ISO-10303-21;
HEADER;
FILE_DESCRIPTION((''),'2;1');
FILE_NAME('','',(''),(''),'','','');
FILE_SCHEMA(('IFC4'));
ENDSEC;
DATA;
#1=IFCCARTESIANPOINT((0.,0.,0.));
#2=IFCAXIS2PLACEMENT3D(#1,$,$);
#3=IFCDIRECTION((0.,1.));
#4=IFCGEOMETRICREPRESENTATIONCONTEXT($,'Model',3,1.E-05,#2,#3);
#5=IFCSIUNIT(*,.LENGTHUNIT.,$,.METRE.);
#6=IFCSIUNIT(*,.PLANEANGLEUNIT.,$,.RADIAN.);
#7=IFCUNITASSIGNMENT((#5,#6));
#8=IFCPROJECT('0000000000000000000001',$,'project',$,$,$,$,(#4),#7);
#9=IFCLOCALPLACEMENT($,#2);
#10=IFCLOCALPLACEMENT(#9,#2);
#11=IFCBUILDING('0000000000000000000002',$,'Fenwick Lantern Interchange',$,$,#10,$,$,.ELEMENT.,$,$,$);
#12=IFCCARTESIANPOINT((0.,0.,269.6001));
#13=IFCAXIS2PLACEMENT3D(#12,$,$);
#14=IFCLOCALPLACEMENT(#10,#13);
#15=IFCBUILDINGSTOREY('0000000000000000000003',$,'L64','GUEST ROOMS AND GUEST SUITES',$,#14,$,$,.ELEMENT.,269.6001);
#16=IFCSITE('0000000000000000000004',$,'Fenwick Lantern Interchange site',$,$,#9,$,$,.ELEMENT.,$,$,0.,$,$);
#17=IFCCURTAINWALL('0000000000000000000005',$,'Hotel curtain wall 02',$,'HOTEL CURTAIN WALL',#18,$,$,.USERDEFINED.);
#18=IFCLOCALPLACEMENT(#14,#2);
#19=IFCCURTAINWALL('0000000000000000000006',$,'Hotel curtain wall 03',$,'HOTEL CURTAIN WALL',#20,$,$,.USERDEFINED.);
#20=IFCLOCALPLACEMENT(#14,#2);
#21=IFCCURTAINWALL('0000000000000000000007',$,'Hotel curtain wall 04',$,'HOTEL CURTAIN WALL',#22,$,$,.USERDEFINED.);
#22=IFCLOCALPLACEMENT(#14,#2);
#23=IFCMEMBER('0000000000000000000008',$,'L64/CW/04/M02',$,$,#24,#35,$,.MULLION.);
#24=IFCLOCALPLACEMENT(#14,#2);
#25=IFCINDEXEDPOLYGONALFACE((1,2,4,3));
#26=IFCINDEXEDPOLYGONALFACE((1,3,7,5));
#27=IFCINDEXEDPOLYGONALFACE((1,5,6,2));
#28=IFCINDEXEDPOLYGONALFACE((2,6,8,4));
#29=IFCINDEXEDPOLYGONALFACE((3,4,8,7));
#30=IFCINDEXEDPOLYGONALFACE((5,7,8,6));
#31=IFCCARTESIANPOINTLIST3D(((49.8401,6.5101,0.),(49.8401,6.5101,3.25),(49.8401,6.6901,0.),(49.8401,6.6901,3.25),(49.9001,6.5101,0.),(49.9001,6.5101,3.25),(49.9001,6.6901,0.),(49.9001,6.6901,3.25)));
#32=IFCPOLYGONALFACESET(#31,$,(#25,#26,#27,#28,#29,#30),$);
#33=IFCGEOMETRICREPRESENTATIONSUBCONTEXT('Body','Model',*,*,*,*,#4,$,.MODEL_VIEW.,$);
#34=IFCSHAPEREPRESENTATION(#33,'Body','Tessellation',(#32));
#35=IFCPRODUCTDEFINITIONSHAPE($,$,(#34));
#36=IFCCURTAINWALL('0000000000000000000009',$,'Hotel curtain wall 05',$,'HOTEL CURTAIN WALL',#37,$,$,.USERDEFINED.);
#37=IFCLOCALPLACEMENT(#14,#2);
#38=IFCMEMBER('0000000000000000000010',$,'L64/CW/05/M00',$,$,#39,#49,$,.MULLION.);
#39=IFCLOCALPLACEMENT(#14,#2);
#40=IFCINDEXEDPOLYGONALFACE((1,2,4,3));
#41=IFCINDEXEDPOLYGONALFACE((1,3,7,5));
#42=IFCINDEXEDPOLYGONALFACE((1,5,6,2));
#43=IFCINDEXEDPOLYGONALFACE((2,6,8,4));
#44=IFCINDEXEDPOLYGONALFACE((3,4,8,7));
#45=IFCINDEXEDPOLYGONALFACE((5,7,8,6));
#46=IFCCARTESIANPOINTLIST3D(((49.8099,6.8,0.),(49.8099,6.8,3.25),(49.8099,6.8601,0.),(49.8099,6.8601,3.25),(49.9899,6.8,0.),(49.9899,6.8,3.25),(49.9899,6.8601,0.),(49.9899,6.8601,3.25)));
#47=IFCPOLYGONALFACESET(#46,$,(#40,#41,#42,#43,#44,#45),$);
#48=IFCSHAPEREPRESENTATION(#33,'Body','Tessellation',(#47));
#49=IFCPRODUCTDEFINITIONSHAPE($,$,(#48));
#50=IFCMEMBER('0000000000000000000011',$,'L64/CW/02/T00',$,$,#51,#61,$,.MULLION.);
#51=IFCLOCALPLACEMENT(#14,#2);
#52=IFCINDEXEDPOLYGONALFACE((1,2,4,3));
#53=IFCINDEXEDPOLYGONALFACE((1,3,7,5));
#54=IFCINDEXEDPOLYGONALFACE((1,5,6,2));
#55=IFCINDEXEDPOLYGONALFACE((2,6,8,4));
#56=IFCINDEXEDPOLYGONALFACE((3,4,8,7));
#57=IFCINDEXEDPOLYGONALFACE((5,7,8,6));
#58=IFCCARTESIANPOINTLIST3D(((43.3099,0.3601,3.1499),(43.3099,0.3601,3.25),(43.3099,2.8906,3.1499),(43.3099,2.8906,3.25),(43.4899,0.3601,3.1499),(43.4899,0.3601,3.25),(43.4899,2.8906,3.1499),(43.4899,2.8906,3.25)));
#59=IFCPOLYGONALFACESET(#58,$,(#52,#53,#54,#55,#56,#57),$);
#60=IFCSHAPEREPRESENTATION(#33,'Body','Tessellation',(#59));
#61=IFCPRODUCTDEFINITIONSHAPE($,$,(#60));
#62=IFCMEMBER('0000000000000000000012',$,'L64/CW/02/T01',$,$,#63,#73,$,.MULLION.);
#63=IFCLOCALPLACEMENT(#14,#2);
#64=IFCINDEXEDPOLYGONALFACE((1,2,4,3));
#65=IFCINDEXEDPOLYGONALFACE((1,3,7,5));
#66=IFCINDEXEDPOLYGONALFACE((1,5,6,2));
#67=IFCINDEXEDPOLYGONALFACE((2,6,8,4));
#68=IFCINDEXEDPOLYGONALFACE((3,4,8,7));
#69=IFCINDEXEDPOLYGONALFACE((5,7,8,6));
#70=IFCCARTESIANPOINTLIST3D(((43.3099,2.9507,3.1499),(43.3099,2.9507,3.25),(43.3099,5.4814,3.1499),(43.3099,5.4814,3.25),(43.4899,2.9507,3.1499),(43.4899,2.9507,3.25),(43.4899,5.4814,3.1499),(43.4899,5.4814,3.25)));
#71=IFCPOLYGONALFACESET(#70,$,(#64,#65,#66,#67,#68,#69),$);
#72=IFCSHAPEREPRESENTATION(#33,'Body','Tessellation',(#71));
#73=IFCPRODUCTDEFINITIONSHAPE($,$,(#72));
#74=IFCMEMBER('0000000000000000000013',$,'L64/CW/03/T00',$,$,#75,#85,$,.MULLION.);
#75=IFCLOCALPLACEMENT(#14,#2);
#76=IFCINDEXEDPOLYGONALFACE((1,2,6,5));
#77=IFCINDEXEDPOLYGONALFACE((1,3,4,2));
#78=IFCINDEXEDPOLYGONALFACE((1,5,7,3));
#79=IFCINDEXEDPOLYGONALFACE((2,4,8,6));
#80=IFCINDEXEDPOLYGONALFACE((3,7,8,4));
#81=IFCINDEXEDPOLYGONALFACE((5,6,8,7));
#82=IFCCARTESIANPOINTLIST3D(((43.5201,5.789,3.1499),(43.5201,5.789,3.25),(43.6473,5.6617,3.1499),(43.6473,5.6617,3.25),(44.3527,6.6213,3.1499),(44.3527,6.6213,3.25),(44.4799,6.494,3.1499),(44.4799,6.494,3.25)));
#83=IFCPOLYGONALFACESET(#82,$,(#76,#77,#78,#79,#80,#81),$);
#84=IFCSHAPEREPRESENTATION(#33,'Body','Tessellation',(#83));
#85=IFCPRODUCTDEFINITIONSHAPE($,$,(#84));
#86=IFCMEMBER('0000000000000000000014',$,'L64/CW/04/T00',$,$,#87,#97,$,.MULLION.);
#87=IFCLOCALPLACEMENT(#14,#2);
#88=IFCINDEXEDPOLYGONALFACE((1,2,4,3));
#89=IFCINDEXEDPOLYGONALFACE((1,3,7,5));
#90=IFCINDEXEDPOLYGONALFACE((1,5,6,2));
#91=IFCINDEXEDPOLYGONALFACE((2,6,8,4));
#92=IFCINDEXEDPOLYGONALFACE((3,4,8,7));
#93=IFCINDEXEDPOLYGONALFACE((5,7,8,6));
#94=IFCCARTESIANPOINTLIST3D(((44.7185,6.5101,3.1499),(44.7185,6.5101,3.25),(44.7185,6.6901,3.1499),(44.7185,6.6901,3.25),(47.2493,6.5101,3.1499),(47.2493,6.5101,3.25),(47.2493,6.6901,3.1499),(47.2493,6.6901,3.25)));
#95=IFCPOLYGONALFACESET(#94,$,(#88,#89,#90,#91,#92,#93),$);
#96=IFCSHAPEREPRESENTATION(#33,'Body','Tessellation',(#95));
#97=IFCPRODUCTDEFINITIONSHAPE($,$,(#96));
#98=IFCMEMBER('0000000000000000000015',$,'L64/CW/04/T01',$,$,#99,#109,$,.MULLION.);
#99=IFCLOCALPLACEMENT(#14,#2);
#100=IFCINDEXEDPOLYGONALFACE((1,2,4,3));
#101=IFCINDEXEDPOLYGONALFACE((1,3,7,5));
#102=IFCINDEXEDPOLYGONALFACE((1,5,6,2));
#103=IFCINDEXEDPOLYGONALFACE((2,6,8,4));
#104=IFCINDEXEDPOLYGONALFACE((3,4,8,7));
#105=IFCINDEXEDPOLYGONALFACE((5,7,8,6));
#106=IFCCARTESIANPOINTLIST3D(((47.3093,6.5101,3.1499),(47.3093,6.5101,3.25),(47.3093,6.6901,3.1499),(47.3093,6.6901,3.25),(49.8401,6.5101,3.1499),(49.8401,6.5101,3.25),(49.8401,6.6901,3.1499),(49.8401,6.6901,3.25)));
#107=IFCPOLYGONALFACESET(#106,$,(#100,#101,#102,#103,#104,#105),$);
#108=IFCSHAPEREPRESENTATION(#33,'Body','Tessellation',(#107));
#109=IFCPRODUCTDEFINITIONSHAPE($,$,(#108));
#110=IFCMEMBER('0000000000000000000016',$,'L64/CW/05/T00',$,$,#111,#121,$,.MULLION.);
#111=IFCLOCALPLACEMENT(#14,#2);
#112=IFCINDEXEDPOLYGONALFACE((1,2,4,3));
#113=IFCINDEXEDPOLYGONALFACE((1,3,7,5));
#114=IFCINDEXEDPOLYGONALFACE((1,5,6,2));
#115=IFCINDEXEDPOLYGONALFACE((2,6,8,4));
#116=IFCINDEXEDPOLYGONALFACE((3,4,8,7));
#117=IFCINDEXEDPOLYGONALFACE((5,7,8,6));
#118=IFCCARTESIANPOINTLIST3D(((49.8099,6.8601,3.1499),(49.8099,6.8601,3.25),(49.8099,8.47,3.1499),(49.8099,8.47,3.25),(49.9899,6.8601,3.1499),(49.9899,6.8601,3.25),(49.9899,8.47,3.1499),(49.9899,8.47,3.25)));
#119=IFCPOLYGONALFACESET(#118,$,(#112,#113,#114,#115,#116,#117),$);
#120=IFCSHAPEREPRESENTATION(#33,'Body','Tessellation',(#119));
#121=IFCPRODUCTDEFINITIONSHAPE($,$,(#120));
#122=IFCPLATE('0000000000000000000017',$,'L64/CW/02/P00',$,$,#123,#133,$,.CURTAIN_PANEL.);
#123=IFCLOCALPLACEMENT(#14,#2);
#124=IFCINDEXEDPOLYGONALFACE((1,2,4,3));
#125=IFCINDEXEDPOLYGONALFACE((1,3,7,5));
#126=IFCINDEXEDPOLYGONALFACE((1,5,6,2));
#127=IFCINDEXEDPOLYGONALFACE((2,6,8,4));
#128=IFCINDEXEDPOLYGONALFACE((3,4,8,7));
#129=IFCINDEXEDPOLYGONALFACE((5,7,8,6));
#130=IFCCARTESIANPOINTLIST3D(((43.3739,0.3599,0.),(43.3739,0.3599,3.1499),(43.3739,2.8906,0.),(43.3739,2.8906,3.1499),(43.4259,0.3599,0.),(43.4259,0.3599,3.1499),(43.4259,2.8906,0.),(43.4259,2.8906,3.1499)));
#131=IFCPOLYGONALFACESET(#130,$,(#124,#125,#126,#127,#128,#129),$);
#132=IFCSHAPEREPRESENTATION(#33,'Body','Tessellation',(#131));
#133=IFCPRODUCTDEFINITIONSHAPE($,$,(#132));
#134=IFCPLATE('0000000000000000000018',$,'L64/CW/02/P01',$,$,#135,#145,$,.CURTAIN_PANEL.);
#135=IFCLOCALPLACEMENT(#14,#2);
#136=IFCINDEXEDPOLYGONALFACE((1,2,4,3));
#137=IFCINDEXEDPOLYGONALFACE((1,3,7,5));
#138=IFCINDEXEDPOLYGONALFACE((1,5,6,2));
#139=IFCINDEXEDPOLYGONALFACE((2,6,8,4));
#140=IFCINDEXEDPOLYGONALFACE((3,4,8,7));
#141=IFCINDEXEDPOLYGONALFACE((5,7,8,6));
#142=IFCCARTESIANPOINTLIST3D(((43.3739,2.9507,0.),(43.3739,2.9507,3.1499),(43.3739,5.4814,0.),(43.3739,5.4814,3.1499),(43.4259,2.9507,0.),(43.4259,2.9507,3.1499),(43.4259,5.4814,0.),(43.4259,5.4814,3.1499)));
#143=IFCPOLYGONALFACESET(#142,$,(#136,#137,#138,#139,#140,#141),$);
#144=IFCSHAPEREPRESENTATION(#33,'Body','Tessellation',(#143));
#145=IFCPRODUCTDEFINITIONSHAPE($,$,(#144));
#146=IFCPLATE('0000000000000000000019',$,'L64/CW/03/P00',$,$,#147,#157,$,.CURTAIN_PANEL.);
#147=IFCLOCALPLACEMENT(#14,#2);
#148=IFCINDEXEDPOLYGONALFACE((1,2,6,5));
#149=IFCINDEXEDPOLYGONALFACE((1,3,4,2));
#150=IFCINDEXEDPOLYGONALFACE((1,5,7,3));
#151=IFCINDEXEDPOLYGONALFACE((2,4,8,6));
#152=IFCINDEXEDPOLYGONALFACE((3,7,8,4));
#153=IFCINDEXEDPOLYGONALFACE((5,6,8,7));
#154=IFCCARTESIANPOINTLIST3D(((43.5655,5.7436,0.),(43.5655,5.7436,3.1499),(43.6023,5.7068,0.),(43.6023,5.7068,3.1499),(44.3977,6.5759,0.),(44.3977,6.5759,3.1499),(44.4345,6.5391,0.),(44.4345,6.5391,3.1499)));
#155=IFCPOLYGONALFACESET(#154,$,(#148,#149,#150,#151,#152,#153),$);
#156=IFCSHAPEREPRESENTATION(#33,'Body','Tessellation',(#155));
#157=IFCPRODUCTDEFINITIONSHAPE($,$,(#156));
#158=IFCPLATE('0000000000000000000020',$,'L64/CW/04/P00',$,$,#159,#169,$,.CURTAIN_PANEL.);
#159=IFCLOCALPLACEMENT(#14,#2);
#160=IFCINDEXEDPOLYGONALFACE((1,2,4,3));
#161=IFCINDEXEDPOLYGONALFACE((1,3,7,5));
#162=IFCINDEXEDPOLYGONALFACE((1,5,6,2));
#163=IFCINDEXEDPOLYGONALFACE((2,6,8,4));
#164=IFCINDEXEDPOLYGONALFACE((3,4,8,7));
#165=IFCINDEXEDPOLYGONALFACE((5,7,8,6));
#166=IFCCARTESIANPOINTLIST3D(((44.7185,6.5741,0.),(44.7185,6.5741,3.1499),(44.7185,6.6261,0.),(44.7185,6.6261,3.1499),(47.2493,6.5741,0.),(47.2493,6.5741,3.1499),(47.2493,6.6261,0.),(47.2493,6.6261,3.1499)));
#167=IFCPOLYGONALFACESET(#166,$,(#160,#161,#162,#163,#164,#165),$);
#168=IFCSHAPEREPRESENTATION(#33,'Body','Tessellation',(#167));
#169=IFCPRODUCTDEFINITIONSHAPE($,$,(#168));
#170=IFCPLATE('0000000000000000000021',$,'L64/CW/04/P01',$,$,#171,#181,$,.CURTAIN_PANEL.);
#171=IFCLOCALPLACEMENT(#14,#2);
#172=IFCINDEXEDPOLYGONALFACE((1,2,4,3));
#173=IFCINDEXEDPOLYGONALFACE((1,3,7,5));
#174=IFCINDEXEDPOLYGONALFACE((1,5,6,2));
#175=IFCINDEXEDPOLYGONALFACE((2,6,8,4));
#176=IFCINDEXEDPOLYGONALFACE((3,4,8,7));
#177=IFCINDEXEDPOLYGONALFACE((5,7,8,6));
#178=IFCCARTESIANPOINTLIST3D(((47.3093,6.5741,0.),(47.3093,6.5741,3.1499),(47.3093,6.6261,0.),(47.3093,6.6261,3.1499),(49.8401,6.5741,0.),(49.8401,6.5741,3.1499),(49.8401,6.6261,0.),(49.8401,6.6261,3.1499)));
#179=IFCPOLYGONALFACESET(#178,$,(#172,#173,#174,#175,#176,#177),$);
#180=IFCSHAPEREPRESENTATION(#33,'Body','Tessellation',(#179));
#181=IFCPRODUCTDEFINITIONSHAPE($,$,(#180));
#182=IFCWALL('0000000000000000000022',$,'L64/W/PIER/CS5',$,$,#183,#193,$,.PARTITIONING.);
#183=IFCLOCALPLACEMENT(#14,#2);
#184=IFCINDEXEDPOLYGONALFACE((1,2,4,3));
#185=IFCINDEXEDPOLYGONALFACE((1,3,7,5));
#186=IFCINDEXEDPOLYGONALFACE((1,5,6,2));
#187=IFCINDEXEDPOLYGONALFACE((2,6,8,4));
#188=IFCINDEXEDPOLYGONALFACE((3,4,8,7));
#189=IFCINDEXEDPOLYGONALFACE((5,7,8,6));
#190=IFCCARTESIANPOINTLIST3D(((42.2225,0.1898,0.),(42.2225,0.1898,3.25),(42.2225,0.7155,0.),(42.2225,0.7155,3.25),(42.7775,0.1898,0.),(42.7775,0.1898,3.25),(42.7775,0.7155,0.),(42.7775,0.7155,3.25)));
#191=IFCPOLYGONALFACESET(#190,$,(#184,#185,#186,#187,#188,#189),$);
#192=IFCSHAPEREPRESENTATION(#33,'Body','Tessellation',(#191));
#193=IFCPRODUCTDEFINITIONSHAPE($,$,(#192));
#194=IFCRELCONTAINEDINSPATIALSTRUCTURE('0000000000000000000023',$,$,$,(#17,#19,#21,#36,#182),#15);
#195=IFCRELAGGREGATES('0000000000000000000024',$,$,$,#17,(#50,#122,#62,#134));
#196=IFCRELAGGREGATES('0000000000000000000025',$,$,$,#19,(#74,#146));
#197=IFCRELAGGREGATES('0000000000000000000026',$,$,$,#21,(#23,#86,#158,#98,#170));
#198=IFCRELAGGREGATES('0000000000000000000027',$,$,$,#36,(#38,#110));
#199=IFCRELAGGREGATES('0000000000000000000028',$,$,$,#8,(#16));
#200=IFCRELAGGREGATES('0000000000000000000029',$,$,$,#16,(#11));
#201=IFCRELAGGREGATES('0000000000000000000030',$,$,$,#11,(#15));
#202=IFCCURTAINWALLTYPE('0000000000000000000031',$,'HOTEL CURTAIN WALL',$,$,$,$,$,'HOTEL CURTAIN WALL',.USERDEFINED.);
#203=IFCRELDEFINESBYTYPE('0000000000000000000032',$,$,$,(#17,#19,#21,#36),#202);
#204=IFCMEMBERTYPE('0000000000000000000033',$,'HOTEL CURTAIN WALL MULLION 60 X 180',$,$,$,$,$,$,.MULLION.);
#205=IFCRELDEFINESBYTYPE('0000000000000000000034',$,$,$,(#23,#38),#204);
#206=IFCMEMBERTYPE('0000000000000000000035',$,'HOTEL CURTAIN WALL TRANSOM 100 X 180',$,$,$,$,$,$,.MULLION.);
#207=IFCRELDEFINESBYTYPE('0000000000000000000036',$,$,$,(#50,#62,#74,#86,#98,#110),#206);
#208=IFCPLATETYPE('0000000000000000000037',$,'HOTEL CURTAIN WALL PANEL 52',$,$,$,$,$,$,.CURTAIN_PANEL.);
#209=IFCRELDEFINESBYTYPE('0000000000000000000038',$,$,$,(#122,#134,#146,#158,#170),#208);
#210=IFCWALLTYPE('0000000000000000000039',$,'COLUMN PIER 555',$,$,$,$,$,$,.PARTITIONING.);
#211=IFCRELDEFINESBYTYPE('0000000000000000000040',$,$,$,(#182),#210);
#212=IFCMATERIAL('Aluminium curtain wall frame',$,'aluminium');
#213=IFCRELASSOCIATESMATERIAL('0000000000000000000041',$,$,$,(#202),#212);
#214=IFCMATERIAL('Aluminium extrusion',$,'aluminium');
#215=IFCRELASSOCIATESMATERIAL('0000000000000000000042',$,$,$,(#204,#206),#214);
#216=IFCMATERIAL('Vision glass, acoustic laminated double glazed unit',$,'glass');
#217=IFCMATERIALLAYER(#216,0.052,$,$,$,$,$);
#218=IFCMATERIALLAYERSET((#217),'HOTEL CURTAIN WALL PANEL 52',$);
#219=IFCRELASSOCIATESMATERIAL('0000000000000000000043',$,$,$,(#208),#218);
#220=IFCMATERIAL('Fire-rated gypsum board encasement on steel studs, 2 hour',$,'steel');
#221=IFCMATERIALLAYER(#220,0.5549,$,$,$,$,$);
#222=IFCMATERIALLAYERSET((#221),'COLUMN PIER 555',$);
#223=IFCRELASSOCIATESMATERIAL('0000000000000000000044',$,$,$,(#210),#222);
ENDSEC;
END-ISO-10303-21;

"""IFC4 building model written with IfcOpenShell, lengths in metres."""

from ifc_helpers import new_model, si_unit, direction, frame, frame_2d, origin, origin_2d, place, context, subcontext, project, spatial, rectangle, extrude, material, layer, layer_set, material_profile, profile_set, type_object, element, aggregate, save


model = new_model("IFC4")

# Units and contexts
model_context = context("Model", 3, precision=1e-05, world=origin(), true_north=direction((0.0, 1.0)))
body_context = subcontext(model_context, "Body", "Model", "MODEL_VIEW")
ifc_project = project(units=[si_unit("LENGTHUNIT", "METRE"), si_unit("PLANEANGLEUNIT", "RADIAN")], contexts=[model_context])

# Site, building, storey
site_placement = place(None, origin())
site = spatial("IfcSite", under=ifc_project, at=site_placement, Name="Fenwick Lantern Interchange site", CompositionType="ELEMENT", RefElevation=0.0)
building_placement = place(site_placement, origin())
building = spatial("IfcBuilding", under=site, at=building_placement, Name="Fenwick Lantern Interchange", CompositionType="ELEMENT")
storey_placement = place(building_placement, frame((0.0, 0.0, 269.6001)))
storey = spatial("IfcBuildingStorey", under=building, at=storey_placement, Name="L64", Description="GUEST ROOMS AND GUEST SUITES", CompositionType="ELEMENT", Elevation=269.6001)

# Shared definitions
ifc_material_1 = material(Name="Aluminium curtain wall frame", Category="aluminium")
curtain_wall_type = type_object("IfcCurtainWallType", Name="HOTEL CURTAIN WALL", ElementType="HOTEL CURTAIN WALL", PredefinedType="USERDEFINED", material=ifc_material_1)
ifc_material_2 = material(Name="Aluminium extrusion", Category="aluminium")
ifc_material_profile_1 = material_profile(ifc_material_2, rectangle(XDim=0.1799, YDim=0.0601, at=origin_2d()), Name="HOTEL CURTAIN WALL MULLION 60 X 180")
ifc_profile_set_1 = profile_set([ifc_material_profile_1], Name="Aluminium extrusion")
member_type_1 = type_object("IfcMemberType", Name="HOTEL CURTAIN WALL MULLION 60 X 180", PredefinedType="MULLION", material=ifc_profile_set_1)

# Curtain walls, member
curtain_wall_1_placement = place(storey_placement, origin())
curtain_wall_1 = element("IfcCurtainWall", 1, at=curtain_wall_1_placement, inside=storey, type_object=curtain_wall_type, Name="Hotel curtain wall 02", ObjectType="HOTEL CURTAIN WALL", PredefinedType="USERDEFINED")
curtain_wall_2_placement = place(storey_placement, origin())
curtain_wall_2 = element("IfcCurtainWall", 2, at=curtain_wall_2_placement, inside=storey, type_object=curtain_wall_type, Name="Hotel curtain wall 03", ObjectType="HOTEL CURTAIN WALL", PredefinedType="USERDEFINED")
curtain_wall_3_placement = place(storey_placement, origin())
curtain_wall_3 = element("IfcCurtainWall", 3, at=curtain_wall_3_placement, inside=storey, type_object=curtain_wall_type, Name="Hotel curtain wall 04", ObjectType="HOTEL CURTAIN WALL", PredefinedType="USERDEFINED")
member_1_placement = place(storey_placement, frame((49.8701, 6.6001, 0.0), z_axis=(0.0, 0.0, 1.0), x_axis=(0.0, 1.0, 0.0)))
member_1 = element("IfcMember", 4, at=member_1_placement, type_object=member_type_1, Name="L64/CW/04/M02", PredefinedType="MULLION", context=body_context, shape_type="SweptSolid", body=[
    extrude(rectangle(XDim=0.1799, YDim=0.0601, at=origin_2d()), origin(), (0.0, 0.0, 1.0), 3.25),
])

# Curtain wall, member
curtain_wall_4_placement = place(storey_placement, origin())
curtain_wall_4 = element("IfcCurtainWall", 5, at=curtain_wall_4_placement, inside=storey, type_object=curtain_wall_type, Name="Hotel curtain wall 05", ObjectType="HOTEL CURTAIN WALL", PredefinedType="USERDEFINED")
member_2_placement = place(storey_placement, frame((49.8999, 6.8301, 0.0), z_axis=(0.0, 0.0, 1.0), x_axis=(-1.0, 0.0, 0.0)))
member_2 = element("IfcMember", 6, at=member_2_placement, type_object=member_type_1, Name="L64/CW/05/M00", PredefinedType="MULLION", context=body_context, shape_type="SweptSolid", body=[
    extrude(rectangle(XDim=0.1799, YDim=0.0601, at=origin_2d()), origin(), (0.0, 0.0, 1.0), 3.25),
])

# Members
ifc_material_profile_2 = material_profile(ifc_material_2, rectangle(XDim=0.1799, YDim=0.1001, at=origin_2d()), Name="HOTEL CURTAIN WALL TRANSOM 100 X 180")
ifc_profile_set_2 = profile_set([ifc_material_profile_2], Name="Aluminium extrusion")
member_type_2 = type_object("IfcMemberType", Name="HOTEL CURTAIN WALL TRANSOM 100 X 180", PredefinedType="MULLION", material=ifc_profile_set_2)
member_3_placement = place(storey_placement, frame((43.3999, 0.3601, 3.2), z_axis=(0.0, 1.0, 0.0), x_axis=(-1.0, 0.0, 0.0)))
member_3 = element("IfcMember", 7, at=member_3_placement, type_object=member_type_2, Name="L64/CW/02/T00", PredefinedType="MULLION", context=body_context, shape_type="SweptSolid", body=[
    extrude(rectangle(XDim=0.1799, YDim=0.1001, at=origin_2d()), origin(), (0.0, 0.0, 1.0), 2.5305),
])
member_4_placement = place(storey_placement, frame((43.3999, 2.9507, 3.2), z_axis=(0.0, 1.0, 0.0), x_axis=(-1.0, 0.0, 0.0)))
member_4 = element("IfcMember", 8, at=member_4_placement, type_object=member_type_2, Name="L64/CW/02/T01", PredefinedType="MULLION", context=body_context, shape_type="SweptSolid", body=[
    extrude(rectangle(XDim=0.1799, YDim=0.1001, at=origin_2d()), origin(), (0.0, 0.0, 1.0), 2.5308),
])
member_5_placement = place(storey_placement, frame((43.5837, 5.7253, 3.2), z_axis=(0.70721, 0.707003, 0.0), x_axis=(-0.707003, 0.70721, 0.0)))
member_5 = element("IfcMember", 9, at=member_5_placement, type_object=member_type_2, Name="L64/CW/03/T00", PredefinedType="MULLION", context=body_context, shape_type="SweptSolid", body=[
    extrude(rectangle(XDim=0.1799, YDim=0.1001, at=origin_2d()), origin(), (0.0, 0.0, 1.0), 1.1772),
])
member_6_placement = place(storey_placement, frame((44.7185, 6.6001, 3.2), z_axis=(1.0, 0.0, 0.0), x_axis=(0.0, 1.0, 0.0)))
member_6 = element("IfcMember", 10, at=member_6_placement, type_object=member_type_2, Name="L64/CW/04/T00", PredefinedType="MULLION", context=body_context, shape_type="SweptSolid", body=[
    extrude(rectangle(XDim=0.1799, YDim=0.1001, at=origin_2d()), origin(), (0.0, 0.0, 1.0), 2.5308),
])
member_7_placement = place(storey_placement, frame((47.3093, 6.6001, 3.2), z_axis=(1.0, 0.0, 0.0), x_axis=(0.0, 1.0, 0.0)))
member_7 = element("IfcMember", 11, at=member_7_placement, type_object=member_type_2, Name="L64/CW/04/T01", PredefinedType="MULLION", context=body_context, shape_type="SweptSolid", body=[
    extrude(rectangle(XDim=0.1799, YDim=0.1001, at=origin_2d()), origin(), (0.0, 0.0, 1.0), 2.5308),
])
member_8_placement = place(storey_placement, frame((49.8999, 6.8601, 3.2), z_axis=(0.0, 1.0, 0.0), x_axis=(-1.0, 0.0, 0.0)))
member_8 = element("IfcMember", 12, at=member_8_placement, type_object=member_type_2, Name="L64/CW/05/T00", PredefinedType="MULLION", context=body_context, shape_type="SweptSolid", body=[
    extrude(rectangle(XDim=0.1799, YDim=0.1001, at=origin_2d()), origin(), (0.0, 0.0, 1.0), 1.6099),
])

# Plates
ifc_material_3 = material(Name="Vision glass, acoustic laminated double glazed unit", Category="glass")
ifc_layer_1 = layer(ifc_material_3, 0.052)
ifc_layer_set_1 = layer_set([ifc_layer_1], Name="HOTEL CURTAIN WALL PANEL 52")
plate_type = type_object("IfcPlateType", Name="HOTEL CURTAIN WALL PANEL 52", PredefinedType="CURTAIN_PANEL", material=ifc_layer_set_1)
plate_1_placement = place(storey_placement, frame((43.3999, 1.6252, 0.0), z_axis=(0.0, 0.0, 1.0), x_axis=(0.0, 1.0, 0.0)))
plate_1 = element("IfcPlate", 13, at=plate_1_placement, type_object=plate_type, Name="L64/CW/02/P00", PredefinedType="CURTAIN_PANEL", context=body_context, shape_type="SweptSolid", body=[
    extrude(rectangle(XDim=2.5308, YDim=0.052, at=origin_2d()), origin(), (0.0, 0.0, 1.0), 3.1499),
])
plate_2_placement = place(storey_placement, frame((43.3999, 4.2161, 0.0), z_axis=(0.0, 0.0, 1.0), x_axis=(0.0, 1.0, 0.0)))
plate_2 = element("IfcPlate", 14, at=plate_2_placement, type_object=plate_type, Name="L64/CW/02/P01", PredefinedType="CURTAIN_PANEL", context=body_context, shape_type="SweptSolid", body=[
    extrude(rectangle(XDim=2.5308, YDim=0.052, at=origin_2d()), origin(), (0.0, 0.0, 1.0), 3.1499),
])
aggregate(curtain_wall_1, [member_3, plate_1, member_4, plate_2])
plate_3_placement = place(storey_placement, frame((44.0, 6.1414, 0.0), z_axis=(0.0, 0.0, 1.0), x_axis=(0.707107, 0.707107, 0.0)))
plate_3 = element("IfcPlate", 15, at=plate_3_placement, type_object=plate_type, Name="L64/CW/03/P00", PredefinedType="CURTAIN_PANEL", context=body_context, shape_type="SweptSolid", body=[
    extrude(rectangle(XDim=1.177, YDim=0.052, at=origin_2d()), origin(), (0.0, 0.0, 1.0), 3.1499),
])
aggregate(curtain_wall_2, [member_5, plate_3])
plate_4_placement = place(storey_placement, frame((45.9839, 6.6001, 0.0), z_axis=(0.0, 0.0, 1.0), x_axis=(1.0, 0.0, 0.0)))
plate_4 = element("IfcPlate", 16, at=plate_4_placement, type_object=plate_type, Name="L64/CW/04/P00", PredefinedType="CURTAIN_PANEL", context=body_context, shape_type="SweptSolid", body=[
    extrude(rectangle(XDim=2.5308, YDim=0.052, at=origin_2d()), origin(), (0.0, 0.0, 1.0), 3.1499),
])
plate_5_placement = place(storey_placement, frame((48.5747, 6.6001, 0.0), z_axis=(0.0, 0.0, 1.0), x_axis=(1.0, 0.0, 0.0)))
plate_5 = element("IfcPlate", 17, at=plate_5_placement, type_object=plate_type, Name="L64/CW/04/P01", PredefinedType="CURTAIN_PANEL", context=body_context, shape_type="SweptSolid", body=[
    extrude(rectangle(XDim=2.5308, YDim=0.052, at=origin_2d()), origin(), (0.0, 0.0, 1.0), 3.1499),
])
aggregate(curtain_wall_3, [member_1, member_6, plate_4, member_7, plate_5])
aggregate(curtain_wall_4, [member_2, member_8])

# Wall
ifc_material_4 = material(Name="Fire-rated gypsum board encasement on steel studs, 2 hour", Category="steel")
ifc_layer_2 = layer(ifc_material_4, 0.5549)
ifc_layer_set_2 = layer_set([ifc_layer_2], Name="COLUMN PIER 555")
wall_type = type_object("IfcWallType", Name="COLUMN PIER 555", PredefinedType="PARTITIONING", material=ifc_layer_set_2)
wall_placement = place(storey_placement, frame((42.5, 0.1899, 0.0), z_axis=(0.0, 0.0, 1.0), x_axis=(0.0, 1.0, 0.0)))
element("IfcWall", 18, at=wall_placement, inside=storey, type_object=wall_type, Name="L64/W/PIER/CS5", PredefinedType="PARTITIONING", context=body_context, shape_type="SweptSolid", body=[
    extrude(rectangle(XDim=0.5256, YDim=0.5549, at=frame_2d((0.2627, 0.0))), origin(), (0.0, 0.0, 1.0), 3.25),
])

save(model, "model.ifc")
